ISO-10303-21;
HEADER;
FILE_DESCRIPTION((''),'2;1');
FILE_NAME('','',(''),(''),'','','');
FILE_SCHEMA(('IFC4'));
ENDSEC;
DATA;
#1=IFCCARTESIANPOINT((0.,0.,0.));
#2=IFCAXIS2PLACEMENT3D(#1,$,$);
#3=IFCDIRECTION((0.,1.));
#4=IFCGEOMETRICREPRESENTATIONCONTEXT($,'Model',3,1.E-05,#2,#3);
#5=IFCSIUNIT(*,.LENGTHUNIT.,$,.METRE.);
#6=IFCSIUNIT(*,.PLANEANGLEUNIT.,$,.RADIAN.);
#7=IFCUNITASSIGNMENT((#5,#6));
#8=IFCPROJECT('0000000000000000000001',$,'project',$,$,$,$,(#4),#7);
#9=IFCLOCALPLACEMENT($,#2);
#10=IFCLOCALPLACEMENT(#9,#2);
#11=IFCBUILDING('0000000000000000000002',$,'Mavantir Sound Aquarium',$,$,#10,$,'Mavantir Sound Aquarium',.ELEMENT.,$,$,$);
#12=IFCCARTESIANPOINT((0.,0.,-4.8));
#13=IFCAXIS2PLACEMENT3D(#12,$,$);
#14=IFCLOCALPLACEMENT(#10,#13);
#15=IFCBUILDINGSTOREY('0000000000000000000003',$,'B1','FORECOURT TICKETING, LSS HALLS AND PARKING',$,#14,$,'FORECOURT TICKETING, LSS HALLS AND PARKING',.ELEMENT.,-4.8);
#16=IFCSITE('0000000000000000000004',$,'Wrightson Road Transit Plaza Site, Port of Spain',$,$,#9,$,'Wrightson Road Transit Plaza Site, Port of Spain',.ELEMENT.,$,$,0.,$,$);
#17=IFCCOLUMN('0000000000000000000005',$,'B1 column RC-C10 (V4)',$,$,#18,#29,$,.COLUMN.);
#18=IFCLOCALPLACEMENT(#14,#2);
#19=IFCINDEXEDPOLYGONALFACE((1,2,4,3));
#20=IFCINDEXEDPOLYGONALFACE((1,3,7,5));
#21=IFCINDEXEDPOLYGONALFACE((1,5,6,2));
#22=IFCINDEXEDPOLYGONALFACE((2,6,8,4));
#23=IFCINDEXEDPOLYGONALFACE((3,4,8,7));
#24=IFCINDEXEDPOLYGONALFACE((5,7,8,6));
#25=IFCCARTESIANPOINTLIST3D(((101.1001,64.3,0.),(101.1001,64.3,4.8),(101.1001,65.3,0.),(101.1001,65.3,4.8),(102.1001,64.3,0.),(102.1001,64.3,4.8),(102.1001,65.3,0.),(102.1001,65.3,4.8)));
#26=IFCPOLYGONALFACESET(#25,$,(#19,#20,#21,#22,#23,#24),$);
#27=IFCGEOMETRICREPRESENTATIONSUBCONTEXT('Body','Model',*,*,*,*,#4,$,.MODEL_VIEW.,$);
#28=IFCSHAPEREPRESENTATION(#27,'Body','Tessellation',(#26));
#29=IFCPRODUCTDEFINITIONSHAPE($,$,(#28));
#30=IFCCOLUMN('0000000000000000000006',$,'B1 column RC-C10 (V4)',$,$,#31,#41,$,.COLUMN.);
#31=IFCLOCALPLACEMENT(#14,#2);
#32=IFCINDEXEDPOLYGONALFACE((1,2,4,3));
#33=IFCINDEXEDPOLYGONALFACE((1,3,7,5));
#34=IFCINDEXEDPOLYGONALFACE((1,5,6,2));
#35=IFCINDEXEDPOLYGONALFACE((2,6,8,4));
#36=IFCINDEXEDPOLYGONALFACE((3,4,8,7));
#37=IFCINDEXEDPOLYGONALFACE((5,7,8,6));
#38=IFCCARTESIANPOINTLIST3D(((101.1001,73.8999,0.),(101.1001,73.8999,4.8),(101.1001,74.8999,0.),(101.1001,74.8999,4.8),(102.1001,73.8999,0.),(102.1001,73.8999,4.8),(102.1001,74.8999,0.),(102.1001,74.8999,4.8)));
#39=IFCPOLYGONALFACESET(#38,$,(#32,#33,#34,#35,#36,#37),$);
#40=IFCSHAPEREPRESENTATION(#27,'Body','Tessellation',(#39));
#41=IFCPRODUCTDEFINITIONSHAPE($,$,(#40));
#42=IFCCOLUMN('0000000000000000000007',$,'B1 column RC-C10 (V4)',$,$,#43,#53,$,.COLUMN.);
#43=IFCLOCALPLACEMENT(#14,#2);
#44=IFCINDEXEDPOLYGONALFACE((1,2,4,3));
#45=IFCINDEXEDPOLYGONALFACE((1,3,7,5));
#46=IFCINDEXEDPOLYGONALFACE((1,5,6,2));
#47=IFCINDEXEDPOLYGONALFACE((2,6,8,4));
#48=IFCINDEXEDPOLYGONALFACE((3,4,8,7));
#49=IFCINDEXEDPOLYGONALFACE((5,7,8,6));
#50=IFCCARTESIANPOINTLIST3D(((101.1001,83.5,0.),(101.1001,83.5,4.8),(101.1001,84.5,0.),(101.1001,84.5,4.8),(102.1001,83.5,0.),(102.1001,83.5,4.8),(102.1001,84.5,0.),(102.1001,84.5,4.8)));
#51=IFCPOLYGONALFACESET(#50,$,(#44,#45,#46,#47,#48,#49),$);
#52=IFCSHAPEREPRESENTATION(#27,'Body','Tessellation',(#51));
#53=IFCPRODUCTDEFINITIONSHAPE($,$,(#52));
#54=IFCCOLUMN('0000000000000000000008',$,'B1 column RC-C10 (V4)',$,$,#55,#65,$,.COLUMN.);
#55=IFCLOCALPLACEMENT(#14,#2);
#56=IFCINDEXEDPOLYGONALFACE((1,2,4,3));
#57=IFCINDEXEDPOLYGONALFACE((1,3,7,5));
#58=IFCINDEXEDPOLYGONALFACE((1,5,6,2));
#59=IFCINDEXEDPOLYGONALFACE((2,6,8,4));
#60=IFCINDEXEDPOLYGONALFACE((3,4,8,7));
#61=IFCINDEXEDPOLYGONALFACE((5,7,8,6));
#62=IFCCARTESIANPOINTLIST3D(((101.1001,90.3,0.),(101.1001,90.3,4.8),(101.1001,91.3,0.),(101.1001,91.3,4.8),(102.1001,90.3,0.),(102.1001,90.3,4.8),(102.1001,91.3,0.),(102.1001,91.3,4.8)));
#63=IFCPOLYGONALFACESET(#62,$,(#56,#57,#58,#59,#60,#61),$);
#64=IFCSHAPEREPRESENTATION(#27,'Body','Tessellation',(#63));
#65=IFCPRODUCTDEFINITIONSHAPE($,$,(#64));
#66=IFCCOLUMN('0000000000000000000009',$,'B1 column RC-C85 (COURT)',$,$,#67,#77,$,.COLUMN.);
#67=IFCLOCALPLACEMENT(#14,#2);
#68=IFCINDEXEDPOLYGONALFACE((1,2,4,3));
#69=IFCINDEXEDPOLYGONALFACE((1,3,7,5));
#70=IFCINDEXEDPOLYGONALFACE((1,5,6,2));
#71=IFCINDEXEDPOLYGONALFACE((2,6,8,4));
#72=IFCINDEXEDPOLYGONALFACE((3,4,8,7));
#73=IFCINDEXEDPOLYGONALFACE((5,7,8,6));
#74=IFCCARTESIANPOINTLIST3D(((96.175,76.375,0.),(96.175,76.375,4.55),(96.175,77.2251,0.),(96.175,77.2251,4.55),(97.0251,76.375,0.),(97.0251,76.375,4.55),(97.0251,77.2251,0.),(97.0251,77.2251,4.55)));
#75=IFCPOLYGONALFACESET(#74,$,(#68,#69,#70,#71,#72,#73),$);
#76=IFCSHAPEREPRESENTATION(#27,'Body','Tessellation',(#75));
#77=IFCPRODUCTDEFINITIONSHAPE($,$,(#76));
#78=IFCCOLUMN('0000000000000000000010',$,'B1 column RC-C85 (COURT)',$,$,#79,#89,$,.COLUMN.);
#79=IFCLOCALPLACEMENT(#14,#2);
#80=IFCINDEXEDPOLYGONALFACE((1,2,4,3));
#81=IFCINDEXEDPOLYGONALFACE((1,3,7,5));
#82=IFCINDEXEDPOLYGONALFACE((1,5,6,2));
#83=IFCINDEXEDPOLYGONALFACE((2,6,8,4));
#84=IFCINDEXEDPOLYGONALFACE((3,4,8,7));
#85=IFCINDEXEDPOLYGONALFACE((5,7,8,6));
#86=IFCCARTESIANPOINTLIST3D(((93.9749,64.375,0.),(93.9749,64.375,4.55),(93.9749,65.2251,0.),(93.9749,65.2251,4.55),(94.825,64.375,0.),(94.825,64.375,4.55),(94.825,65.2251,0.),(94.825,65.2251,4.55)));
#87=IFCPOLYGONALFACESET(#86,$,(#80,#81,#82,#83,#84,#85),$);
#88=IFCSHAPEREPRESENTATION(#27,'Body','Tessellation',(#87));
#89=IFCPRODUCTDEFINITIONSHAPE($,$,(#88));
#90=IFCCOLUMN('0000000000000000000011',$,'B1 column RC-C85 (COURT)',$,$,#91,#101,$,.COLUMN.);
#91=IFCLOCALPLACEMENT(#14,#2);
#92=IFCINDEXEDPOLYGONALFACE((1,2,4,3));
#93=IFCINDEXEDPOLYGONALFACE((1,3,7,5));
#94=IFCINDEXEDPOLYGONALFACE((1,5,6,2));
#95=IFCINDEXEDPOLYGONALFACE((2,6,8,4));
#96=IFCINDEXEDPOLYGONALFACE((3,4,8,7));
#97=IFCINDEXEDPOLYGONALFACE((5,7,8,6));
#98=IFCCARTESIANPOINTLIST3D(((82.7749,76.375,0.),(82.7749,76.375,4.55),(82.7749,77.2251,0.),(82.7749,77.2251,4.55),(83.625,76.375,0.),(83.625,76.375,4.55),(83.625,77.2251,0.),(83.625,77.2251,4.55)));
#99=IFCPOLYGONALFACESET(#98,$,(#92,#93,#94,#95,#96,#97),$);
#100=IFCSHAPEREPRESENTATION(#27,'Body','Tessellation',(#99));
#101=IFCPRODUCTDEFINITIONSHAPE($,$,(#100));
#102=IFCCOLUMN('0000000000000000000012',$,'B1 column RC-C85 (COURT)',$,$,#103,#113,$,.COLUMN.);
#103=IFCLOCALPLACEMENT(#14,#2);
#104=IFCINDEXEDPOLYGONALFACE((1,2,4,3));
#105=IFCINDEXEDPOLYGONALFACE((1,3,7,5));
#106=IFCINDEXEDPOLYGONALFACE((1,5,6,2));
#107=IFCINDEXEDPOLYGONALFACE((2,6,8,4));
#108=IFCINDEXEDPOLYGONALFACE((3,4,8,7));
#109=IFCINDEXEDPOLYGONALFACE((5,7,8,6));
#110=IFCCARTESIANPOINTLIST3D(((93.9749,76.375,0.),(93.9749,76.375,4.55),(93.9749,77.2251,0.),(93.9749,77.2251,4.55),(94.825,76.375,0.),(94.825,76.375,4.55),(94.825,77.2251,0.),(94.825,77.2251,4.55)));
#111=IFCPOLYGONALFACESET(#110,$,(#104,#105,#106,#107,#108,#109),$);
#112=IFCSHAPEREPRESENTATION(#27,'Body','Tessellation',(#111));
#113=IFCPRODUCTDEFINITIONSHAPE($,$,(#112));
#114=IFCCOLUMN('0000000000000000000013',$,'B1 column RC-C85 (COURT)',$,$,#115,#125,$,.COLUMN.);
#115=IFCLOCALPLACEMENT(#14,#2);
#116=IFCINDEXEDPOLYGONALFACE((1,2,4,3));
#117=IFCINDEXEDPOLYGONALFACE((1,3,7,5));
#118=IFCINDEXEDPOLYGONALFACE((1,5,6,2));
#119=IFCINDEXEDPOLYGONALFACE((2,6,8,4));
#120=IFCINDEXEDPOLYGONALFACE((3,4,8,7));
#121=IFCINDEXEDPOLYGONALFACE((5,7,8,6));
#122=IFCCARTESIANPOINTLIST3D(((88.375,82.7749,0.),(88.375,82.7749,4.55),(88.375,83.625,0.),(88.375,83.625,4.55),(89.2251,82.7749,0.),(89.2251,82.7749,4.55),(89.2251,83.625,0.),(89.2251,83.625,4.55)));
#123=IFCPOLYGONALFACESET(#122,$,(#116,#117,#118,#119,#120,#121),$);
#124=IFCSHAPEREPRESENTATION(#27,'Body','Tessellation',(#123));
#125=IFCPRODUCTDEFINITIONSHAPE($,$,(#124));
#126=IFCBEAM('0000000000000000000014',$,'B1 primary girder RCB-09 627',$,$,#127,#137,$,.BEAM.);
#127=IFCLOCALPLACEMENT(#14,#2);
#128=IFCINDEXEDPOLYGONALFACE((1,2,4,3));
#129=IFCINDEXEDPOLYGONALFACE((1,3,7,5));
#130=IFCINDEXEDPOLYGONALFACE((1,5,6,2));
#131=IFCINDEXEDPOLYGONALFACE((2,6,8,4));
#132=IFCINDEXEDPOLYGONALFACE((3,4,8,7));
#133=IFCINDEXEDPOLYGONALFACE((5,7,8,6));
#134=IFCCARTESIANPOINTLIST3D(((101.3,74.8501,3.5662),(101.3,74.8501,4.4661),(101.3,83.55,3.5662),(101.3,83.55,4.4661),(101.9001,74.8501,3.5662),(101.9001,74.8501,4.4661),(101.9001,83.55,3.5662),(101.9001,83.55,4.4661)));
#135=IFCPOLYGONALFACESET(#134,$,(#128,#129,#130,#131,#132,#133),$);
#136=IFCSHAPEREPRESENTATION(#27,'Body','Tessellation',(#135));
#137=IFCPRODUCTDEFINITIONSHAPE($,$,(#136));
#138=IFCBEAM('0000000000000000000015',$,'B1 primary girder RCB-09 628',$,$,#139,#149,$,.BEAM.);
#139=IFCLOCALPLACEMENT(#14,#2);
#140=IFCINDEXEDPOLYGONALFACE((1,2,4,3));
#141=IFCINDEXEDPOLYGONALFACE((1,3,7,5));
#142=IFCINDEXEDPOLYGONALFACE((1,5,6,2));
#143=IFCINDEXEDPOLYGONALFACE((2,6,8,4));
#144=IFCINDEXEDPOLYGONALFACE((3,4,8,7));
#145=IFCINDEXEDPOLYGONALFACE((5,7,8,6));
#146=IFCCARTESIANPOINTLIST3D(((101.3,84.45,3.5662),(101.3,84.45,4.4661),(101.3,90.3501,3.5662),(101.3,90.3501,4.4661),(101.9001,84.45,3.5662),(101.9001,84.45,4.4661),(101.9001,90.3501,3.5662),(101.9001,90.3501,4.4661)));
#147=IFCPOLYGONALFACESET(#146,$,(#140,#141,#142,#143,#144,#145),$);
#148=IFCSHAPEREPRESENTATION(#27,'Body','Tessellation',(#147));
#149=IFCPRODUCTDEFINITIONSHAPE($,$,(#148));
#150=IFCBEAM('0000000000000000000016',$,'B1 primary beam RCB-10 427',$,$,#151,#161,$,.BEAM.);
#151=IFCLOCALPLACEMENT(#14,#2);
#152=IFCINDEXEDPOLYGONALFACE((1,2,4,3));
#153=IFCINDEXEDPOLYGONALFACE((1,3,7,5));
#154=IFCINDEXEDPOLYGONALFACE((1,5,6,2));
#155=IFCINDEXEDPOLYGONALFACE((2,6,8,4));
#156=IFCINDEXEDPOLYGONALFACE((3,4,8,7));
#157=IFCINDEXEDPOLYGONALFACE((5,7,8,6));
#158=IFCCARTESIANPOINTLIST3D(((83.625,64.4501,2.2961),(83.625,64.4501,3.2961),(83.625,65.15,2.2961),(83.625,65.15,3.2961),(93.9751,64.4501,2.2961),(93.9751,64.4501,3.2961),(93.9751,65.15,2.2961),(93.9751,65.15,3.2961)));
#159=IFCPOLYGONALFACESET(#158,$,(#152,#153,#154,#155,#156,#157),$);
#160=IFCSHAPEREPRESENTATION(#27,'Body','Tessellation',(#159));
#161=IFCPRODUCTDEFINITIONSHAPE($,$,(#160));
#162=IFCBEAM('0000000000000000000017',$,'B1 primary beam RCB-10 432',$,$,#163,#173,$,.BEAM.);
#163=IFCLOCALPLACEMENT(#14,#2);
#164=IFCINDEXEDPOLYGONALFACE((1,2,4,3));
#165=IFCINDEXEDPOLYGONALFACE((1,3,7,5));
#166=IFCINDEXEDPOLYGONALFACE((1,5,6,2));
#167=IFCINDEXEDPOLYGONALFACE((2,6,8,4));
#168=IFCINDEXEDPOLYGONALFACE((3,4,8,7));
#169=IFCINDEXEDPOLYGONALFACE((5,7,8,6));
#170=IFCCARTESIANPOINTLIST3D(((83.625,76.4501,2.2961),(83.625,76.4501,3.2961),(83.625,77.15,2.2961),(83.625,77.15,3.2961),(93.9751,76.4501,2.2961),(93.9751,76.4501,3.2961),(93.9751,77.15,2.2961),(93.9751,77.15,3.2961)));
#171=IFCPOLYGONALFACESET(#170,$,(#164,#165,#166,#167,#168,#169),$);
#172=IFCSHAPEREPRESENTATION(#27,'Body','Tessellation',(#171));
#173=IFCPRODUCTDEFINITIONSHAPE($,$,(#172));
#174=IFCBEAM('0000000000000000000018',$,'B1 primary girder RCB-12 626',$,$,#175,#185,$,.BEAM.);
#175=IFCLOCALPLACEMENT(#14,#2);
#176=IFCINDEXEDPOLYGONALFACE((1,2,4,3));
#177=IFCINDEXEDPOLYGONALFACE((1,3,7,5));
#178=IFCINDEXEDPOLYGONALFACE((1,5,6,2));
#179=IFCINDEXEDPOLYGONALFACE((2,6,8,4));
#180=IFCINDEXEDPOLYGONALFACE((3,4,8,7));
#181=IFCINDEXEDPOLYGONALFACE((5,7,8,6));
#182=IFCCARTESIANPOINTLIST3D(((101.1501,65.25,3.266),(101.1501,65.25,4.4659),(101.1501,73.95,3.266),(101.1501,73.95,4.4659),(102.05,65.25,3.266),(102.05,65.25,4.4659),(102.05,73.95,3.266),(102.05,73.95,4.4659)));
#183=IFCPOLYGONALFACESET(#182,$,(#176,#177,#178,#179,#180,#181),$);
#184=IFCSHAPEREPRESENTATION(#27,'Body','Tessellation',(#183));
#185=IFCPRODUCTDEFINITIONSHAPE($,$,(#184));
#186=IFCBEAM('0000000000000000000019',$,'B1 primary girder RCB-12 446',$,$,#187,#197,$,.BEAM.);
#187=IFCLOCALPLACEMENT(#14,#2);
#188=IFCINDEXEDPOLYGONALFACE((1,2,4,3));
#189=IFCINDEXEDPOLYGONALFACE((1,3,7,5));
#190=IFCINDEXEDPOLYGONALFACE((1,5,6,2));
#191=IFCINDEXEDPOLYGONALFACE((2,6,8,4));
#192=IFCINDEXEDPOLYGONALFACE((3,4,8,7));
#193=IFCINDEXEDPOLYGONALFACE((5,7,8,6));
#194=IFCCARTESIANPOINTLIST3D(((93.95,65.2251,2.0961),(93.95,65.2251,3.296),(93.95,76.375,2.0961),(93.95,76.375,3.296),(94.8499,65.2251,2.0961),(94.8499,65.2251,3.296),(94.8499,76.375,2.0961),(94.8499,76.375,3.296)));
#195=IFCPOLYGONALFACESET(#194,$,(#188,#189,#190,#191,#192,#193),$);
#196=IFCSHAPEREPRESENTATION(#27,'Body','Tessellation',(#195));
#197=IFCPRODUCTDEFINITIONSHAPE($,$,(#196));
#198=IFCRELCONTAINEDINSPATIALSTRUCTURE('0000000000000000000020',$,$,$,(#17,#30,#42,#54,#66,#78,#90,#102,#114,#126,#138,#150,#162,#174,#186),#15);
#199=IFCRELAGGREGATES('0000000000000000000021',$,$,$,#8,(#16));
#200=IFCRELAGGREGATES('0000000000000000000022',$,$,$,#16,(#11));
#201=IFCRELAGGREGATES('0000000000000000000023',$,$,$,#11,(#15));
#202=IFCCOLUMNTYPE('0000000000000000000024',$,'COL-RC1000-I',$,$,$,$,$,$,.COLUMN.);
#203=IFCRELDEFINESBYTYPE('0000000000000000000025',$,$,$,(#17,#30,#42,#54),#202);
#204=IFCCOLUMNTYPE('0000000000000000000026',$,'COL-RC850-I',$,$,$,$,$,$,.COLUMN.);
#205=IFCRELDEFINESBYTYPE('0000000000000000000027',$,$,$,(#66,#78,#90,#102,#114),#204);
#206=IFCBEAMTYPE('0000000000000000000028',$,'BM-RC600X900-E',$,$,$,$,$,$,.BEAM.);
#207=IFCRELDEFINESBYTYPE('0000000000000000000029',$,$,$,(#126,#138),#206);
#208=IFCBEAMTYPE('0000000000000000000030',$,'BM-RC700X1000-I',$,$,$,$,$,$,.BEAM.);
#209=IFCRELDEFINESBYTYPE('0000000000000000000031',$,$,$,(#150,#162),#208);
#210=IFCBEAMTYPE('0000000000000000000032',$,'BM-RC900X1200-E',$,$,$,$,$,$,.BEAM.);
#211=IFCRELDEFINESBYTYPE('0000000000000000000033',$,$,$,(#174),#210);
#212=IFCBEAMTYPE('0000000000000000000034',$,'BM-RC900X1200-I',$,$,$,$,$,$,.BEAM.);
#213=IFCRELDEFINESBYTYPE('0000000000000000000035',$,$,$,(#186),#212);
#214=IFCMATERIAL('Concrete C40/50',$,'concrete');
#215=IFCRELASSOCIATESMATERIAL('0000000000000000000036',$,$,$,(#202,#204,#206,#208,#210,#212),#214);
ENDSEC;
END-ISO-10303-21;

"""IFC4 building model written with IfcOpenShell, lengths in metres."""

from ifc_helpers import new_model, si_unit, direction, frame, origin, origin_2d, place, context, subcontext, project, spatial, rectangle, extrude, material, material_profile, profile_set, type_object, element, save


model = new_model("IFC4")

# Units and contexts
model_context = context("Model", 3, precision=1e-05, world=origin(), true_north=direction((0.0, 1.0)))
body_context = subcontext(model_context, "Body", "Model", "MODEL_VIEW")
ifc_project = project(units=[si_unit("LENGTHUNIT", "METRE"), si_unit("PLANEANGLEUNIT", "RADIAN")], contexts=[model_context])

# Site, building, storey
site_placement = place(None, origin())
site = spatial("IfcSite", under=ifc_project, at=site_placement, Name="Wrightson Road Transit Plaza Site, Port of Spain", LongName="Wrightson Road Transit Plaza Site, Port of Spain", CompositionType="ELEMENT", RefElevation=0.0)
building_placement = place(site_placement, origin())
building = spatial("IfcBuilding", under=site, at=building_placement, Name="Mavantir Sound Aquarium", LongName="Mavantir Sound Aquarium", CompositionType="ELEMENT")
storey_placement = place(building_placement, frame((0.0, 0.0, -4.8)))
storey = spatial("IfcBuildingStorey", under=building, at=storey_placement, Name="B1", Description="FORECOURT TICKETING, LSS HALLS AND PARKING", LongName="FORECOURT TICKETING, LSS HALLS AND PARKING", CompositionType="ELEMENT", Elevation=-4.8)

# Columns
ifc_material_1 = material(Name="Concrete C40/50", Category="concrete")
ifc_material_profile_1 = material_profile(ifc_material_1, rectangle(XDim=1.0, YDim=1.0, at=origin_2d()), Name="RC 1000X1000")
ifc_profile_set_1 = profile_set([ifc_material_profile_1], Name="Concrete C40/50")
column_type_1 = type_object("IfcColumnType", Name="COL-RC1000-I", PredefinedType="COLUMN", material=ifc_profile_set_1)
for number, where, z_axis, x_axis, name in (
    (1, (101.6001, 64.8, 0.0), (0.0, 0.0, 1.0), (1.0, 0.0, 0.0), "B1 column RC-C10 (V4)"),
    (2, (101.6001, 74.3999, 0.0), (0.0, 0.0, 1.0), (1.0, 0.0, 0.0), "B1 column RC-C10 (V4)"),
    (3, (101.6001, 84.0, 0.0), (0.0, 0.0, 1.0), (1.0, 0.0, 0.0), "B1 column RC-C10 (V4)"),
    (4, (101.6001, 90.8, 0.0), (0.0, 0.0, 1.0), (1.0, 0.0, 0.0), "B1 column RC-C10 (V4)"),
):
    element("IfcColumn", number, at=place(storey_placement, frame(where, z_axis=z_axis, x_axis=x_axis)), inside=storey, type_object=column_type_1, Name=name, PredefinedType="COLUMN", context=body_context, shape_type="SweptSolid", body=[
        extrude(rectangle(XDim=1.0, YDim=1.0, at=origin_2d()), origin(), (0.0, 0.0, 1.0), 4.8),
    ])
ifc_material_profile_2 = material_profile(ifc_material_1, rectangle(XDim=0.8501, YDim=0.8501, at=origin_2d()), Name="RC 850X850")
ifc_profile_set_2 = profile_set([ifc_material_profile_2], Name="Concrete C40/50")
column_type_2 = type_object("IfcColumnType", Name="COL-RC850-I", PredefinedType="COLUMN", material=ifc_profile_set_2)
for number, where, z_axis, x_axis, name in (
    (5, (96.6001, 76.8, 0.0), (0.0, 0.0, 1.0), (1.0, 0.0, 0.0), "B1 column RC-C85 (COURT)"),
    (6, (94.3999, 64.8, 0.0), (0.0, 0.0, 1.0), (1.0, 0.0, 0.0), "B1 column RC-C85 (COURT)"),
    (7, (83.2, 76.8, 0.0), (0.0, 0.0, 1.0), (1.0, 0.0, 0.0), "B1 column RC-C85 (COURT)"),
    (8, (94.3999, 76.8, 0.0), (0.0, 0.0, 1.0), (1.0, 0.0, 0.0), "B1 column RC-C85 (COURT)"),
    (9, (88.8, 83.2, 0.0), (0.0, 0.0, 1.0), (1.0, 0.0, 0.0), "B1 column RC-C85 (COURT)"),
):
    element("IfcColumn", number, at=place(storey_placement, frame(where, z_axis=z_axis, x_axis=x_axis)), inside=storey, type_object=column_type_2, Name=name, PredefinedType="COLUMN", context=body_context, shape_type="SweptSolid", body=[
        extrude(rectangle(XDim=0.8501, YDim=0.8501, at=origin_2d()), origin(), (0.0, 0.0, 1.0), 4.55),
    ])

# Beams
ifc_material_profile_3 = material_profile(ifc_material_1, rectangle(XDim=0.6001, YDim=0.8999, at=origin_2d()), Name="RC 600X900")
ifc_profile_set_3 = profile_set([ifc_material_profile_3], Name="Concrete C40/50")
beam_type_1 = type_object("IfcBeamType", Name="BM-RC600X900-E", PredefinedType="BEAM", material=ifc_profile_set_3)
beam_1_placement = place(storey_placement, frame((101.6001, 74.8501, 4.0161), z_axis=(0.0, 1.0, 0.0), x_axis=(-1.0, 0.0, 0.0)))
element("IfcBeam", 10, at=beam_1_placement, inside=storey, type_object=beam_type_1, Name="B1 primary girder RCB-09 627", PredefinedType="BEAM", context=body_context, shape_type="SweptSolid", body=[
    extrude(rectangle(XDim=0.6001, YDim=0.8999, at=origin_2d()), origin(), (0.0, 0.0, 1.0), 8.7),
])
beam_2_placement = place(storey_placement, frame((101.6001, 84.45, 4.0161), z_axis=(0.0, 1.0, 0.0), x_axis=(-1.0, 0.0, 0.0)))
element("IfcBeam", 11, at=beam_2_placement, inside=storey, type_object=beam_type_1, Name="B1 primary girder RCB-09 628", PredefinedType="BEAM", context=body_context, shape_type="SweptSolid", body=[
    extrude(rectangle(XDim=0.6001, YDim=0.8999, at=origin_2d()), origin(), (0.0, 0.0, 1.0), 5.9001),
])
ifc_material_profile_4 = material_profile(ifc_material_1, rectangle(XDim=0.7, YDim=1.0, at=origin_2d()), Name="RC 700X1000")
ifc_profile_set_4 = profile_set([ifc_material_profile_4], Name="Concrete C40/50")
beam_type_2 = type_object("IfcBeamType", Name="BM-RC700X1000-I", PredefinedType="BEAM", material=ifc_profile_set_4)
for number, where, z_axis, x_axis, name in (
    (12, (83.625, 64.8, 2.7961), (1.0, 0.0, 0.0), (0.0, 1.0, 0.0), "B1 primary beam RCB-10 427"),
    (13, (83.625, 76.8, 2.7961), (1.0, 0.0, 0.0), (0.0, 1.0, 0.0), "B1 primary beam RCB-10 432"),
):
    element("IfcBeam", number, at=place(storey_placement, frame(where, z_axis=z_axis, x_axis=x_axis)), inside=storey, type_object=beam_type_2, Name=name, PredefinedType="BEAM", context=body_context, shape_type="SweptSolid", body=[
        extrude(rectangle(XDim=0.7, YDim=1.0, at=origin_2d()), origin(), (0.0, 0.0, 1.0), 10.3501),
    ])
ifc_material_profile_5 = material_profile(ifc_material_1, rectangle(XDim=0.8999, YDim=1.2, at=origin_2d()), Name="RC 900X1200")
ifc_profile_set_5 = profile_set([ifc_material_profile_5], Name="Concrete C40/50")
beam_type_3 = type_object("IfcBeamType", Name="BM-RC900X1200-E", PredefinedType="BEAM", material=ifc_profile_set_5)
beam_3_placement = place(storey_placement, frame((101.6001, 65.25, 3.866), z_axis=(0.0, 1.0, 0.0), x_axis=(-1.0, 0.0, 0.0)))
element("IfcBeam", 14, at=beam_3_placement, inside=storey, type_object=beam_type_3, Name="B1 primary girder RCB-12 626", PredefinedType="BEAM", context=body_context, shape_type="SweptSolid", body=[
    extrude(rectangle(XDim=0.8999, YDim=1.2, at=origin_2d()), origin(), (0.0, 0.0, 1.0), 8.7),
])
ifc_material_profile_6 = material_profile(ifc_material_1, rectangle(XDim=0.8999, YDim=1.2, at=origin_2d()), Name="RC 900X1200")
ifc_profile_set_6 = profile_set([ifc_material_profile_6], Name="Concrete C40/50")
beam_type_4 = type_object("IfcBeamType", Name="BM-RC900X1200-I", PredefinedType="BEAM", material=ifc_profile_set_6)
beam_4_placement = place(storey_placement, frame((94.3999, 65.2251, 2.696), z_axis=(0.0, 1.0, 0.0), x_axis=(-1.0, 0.0, 0.0)))
element("IfcBeam", 15, at=beam_4_placement, inside=storey, type_object=beam_type_4, Name="B1 primary girder RCB-12 446", PredefinedType="BEAM", context=body_context, shape_type="SweptSolid", body=[
    extrude(rectangle(XDim=0.8999, YDim=1.2, at=origin_2d()), origin(), (0.0, 0.0, 1.0), 11.1499),
])

save(model, "model.ifc")
